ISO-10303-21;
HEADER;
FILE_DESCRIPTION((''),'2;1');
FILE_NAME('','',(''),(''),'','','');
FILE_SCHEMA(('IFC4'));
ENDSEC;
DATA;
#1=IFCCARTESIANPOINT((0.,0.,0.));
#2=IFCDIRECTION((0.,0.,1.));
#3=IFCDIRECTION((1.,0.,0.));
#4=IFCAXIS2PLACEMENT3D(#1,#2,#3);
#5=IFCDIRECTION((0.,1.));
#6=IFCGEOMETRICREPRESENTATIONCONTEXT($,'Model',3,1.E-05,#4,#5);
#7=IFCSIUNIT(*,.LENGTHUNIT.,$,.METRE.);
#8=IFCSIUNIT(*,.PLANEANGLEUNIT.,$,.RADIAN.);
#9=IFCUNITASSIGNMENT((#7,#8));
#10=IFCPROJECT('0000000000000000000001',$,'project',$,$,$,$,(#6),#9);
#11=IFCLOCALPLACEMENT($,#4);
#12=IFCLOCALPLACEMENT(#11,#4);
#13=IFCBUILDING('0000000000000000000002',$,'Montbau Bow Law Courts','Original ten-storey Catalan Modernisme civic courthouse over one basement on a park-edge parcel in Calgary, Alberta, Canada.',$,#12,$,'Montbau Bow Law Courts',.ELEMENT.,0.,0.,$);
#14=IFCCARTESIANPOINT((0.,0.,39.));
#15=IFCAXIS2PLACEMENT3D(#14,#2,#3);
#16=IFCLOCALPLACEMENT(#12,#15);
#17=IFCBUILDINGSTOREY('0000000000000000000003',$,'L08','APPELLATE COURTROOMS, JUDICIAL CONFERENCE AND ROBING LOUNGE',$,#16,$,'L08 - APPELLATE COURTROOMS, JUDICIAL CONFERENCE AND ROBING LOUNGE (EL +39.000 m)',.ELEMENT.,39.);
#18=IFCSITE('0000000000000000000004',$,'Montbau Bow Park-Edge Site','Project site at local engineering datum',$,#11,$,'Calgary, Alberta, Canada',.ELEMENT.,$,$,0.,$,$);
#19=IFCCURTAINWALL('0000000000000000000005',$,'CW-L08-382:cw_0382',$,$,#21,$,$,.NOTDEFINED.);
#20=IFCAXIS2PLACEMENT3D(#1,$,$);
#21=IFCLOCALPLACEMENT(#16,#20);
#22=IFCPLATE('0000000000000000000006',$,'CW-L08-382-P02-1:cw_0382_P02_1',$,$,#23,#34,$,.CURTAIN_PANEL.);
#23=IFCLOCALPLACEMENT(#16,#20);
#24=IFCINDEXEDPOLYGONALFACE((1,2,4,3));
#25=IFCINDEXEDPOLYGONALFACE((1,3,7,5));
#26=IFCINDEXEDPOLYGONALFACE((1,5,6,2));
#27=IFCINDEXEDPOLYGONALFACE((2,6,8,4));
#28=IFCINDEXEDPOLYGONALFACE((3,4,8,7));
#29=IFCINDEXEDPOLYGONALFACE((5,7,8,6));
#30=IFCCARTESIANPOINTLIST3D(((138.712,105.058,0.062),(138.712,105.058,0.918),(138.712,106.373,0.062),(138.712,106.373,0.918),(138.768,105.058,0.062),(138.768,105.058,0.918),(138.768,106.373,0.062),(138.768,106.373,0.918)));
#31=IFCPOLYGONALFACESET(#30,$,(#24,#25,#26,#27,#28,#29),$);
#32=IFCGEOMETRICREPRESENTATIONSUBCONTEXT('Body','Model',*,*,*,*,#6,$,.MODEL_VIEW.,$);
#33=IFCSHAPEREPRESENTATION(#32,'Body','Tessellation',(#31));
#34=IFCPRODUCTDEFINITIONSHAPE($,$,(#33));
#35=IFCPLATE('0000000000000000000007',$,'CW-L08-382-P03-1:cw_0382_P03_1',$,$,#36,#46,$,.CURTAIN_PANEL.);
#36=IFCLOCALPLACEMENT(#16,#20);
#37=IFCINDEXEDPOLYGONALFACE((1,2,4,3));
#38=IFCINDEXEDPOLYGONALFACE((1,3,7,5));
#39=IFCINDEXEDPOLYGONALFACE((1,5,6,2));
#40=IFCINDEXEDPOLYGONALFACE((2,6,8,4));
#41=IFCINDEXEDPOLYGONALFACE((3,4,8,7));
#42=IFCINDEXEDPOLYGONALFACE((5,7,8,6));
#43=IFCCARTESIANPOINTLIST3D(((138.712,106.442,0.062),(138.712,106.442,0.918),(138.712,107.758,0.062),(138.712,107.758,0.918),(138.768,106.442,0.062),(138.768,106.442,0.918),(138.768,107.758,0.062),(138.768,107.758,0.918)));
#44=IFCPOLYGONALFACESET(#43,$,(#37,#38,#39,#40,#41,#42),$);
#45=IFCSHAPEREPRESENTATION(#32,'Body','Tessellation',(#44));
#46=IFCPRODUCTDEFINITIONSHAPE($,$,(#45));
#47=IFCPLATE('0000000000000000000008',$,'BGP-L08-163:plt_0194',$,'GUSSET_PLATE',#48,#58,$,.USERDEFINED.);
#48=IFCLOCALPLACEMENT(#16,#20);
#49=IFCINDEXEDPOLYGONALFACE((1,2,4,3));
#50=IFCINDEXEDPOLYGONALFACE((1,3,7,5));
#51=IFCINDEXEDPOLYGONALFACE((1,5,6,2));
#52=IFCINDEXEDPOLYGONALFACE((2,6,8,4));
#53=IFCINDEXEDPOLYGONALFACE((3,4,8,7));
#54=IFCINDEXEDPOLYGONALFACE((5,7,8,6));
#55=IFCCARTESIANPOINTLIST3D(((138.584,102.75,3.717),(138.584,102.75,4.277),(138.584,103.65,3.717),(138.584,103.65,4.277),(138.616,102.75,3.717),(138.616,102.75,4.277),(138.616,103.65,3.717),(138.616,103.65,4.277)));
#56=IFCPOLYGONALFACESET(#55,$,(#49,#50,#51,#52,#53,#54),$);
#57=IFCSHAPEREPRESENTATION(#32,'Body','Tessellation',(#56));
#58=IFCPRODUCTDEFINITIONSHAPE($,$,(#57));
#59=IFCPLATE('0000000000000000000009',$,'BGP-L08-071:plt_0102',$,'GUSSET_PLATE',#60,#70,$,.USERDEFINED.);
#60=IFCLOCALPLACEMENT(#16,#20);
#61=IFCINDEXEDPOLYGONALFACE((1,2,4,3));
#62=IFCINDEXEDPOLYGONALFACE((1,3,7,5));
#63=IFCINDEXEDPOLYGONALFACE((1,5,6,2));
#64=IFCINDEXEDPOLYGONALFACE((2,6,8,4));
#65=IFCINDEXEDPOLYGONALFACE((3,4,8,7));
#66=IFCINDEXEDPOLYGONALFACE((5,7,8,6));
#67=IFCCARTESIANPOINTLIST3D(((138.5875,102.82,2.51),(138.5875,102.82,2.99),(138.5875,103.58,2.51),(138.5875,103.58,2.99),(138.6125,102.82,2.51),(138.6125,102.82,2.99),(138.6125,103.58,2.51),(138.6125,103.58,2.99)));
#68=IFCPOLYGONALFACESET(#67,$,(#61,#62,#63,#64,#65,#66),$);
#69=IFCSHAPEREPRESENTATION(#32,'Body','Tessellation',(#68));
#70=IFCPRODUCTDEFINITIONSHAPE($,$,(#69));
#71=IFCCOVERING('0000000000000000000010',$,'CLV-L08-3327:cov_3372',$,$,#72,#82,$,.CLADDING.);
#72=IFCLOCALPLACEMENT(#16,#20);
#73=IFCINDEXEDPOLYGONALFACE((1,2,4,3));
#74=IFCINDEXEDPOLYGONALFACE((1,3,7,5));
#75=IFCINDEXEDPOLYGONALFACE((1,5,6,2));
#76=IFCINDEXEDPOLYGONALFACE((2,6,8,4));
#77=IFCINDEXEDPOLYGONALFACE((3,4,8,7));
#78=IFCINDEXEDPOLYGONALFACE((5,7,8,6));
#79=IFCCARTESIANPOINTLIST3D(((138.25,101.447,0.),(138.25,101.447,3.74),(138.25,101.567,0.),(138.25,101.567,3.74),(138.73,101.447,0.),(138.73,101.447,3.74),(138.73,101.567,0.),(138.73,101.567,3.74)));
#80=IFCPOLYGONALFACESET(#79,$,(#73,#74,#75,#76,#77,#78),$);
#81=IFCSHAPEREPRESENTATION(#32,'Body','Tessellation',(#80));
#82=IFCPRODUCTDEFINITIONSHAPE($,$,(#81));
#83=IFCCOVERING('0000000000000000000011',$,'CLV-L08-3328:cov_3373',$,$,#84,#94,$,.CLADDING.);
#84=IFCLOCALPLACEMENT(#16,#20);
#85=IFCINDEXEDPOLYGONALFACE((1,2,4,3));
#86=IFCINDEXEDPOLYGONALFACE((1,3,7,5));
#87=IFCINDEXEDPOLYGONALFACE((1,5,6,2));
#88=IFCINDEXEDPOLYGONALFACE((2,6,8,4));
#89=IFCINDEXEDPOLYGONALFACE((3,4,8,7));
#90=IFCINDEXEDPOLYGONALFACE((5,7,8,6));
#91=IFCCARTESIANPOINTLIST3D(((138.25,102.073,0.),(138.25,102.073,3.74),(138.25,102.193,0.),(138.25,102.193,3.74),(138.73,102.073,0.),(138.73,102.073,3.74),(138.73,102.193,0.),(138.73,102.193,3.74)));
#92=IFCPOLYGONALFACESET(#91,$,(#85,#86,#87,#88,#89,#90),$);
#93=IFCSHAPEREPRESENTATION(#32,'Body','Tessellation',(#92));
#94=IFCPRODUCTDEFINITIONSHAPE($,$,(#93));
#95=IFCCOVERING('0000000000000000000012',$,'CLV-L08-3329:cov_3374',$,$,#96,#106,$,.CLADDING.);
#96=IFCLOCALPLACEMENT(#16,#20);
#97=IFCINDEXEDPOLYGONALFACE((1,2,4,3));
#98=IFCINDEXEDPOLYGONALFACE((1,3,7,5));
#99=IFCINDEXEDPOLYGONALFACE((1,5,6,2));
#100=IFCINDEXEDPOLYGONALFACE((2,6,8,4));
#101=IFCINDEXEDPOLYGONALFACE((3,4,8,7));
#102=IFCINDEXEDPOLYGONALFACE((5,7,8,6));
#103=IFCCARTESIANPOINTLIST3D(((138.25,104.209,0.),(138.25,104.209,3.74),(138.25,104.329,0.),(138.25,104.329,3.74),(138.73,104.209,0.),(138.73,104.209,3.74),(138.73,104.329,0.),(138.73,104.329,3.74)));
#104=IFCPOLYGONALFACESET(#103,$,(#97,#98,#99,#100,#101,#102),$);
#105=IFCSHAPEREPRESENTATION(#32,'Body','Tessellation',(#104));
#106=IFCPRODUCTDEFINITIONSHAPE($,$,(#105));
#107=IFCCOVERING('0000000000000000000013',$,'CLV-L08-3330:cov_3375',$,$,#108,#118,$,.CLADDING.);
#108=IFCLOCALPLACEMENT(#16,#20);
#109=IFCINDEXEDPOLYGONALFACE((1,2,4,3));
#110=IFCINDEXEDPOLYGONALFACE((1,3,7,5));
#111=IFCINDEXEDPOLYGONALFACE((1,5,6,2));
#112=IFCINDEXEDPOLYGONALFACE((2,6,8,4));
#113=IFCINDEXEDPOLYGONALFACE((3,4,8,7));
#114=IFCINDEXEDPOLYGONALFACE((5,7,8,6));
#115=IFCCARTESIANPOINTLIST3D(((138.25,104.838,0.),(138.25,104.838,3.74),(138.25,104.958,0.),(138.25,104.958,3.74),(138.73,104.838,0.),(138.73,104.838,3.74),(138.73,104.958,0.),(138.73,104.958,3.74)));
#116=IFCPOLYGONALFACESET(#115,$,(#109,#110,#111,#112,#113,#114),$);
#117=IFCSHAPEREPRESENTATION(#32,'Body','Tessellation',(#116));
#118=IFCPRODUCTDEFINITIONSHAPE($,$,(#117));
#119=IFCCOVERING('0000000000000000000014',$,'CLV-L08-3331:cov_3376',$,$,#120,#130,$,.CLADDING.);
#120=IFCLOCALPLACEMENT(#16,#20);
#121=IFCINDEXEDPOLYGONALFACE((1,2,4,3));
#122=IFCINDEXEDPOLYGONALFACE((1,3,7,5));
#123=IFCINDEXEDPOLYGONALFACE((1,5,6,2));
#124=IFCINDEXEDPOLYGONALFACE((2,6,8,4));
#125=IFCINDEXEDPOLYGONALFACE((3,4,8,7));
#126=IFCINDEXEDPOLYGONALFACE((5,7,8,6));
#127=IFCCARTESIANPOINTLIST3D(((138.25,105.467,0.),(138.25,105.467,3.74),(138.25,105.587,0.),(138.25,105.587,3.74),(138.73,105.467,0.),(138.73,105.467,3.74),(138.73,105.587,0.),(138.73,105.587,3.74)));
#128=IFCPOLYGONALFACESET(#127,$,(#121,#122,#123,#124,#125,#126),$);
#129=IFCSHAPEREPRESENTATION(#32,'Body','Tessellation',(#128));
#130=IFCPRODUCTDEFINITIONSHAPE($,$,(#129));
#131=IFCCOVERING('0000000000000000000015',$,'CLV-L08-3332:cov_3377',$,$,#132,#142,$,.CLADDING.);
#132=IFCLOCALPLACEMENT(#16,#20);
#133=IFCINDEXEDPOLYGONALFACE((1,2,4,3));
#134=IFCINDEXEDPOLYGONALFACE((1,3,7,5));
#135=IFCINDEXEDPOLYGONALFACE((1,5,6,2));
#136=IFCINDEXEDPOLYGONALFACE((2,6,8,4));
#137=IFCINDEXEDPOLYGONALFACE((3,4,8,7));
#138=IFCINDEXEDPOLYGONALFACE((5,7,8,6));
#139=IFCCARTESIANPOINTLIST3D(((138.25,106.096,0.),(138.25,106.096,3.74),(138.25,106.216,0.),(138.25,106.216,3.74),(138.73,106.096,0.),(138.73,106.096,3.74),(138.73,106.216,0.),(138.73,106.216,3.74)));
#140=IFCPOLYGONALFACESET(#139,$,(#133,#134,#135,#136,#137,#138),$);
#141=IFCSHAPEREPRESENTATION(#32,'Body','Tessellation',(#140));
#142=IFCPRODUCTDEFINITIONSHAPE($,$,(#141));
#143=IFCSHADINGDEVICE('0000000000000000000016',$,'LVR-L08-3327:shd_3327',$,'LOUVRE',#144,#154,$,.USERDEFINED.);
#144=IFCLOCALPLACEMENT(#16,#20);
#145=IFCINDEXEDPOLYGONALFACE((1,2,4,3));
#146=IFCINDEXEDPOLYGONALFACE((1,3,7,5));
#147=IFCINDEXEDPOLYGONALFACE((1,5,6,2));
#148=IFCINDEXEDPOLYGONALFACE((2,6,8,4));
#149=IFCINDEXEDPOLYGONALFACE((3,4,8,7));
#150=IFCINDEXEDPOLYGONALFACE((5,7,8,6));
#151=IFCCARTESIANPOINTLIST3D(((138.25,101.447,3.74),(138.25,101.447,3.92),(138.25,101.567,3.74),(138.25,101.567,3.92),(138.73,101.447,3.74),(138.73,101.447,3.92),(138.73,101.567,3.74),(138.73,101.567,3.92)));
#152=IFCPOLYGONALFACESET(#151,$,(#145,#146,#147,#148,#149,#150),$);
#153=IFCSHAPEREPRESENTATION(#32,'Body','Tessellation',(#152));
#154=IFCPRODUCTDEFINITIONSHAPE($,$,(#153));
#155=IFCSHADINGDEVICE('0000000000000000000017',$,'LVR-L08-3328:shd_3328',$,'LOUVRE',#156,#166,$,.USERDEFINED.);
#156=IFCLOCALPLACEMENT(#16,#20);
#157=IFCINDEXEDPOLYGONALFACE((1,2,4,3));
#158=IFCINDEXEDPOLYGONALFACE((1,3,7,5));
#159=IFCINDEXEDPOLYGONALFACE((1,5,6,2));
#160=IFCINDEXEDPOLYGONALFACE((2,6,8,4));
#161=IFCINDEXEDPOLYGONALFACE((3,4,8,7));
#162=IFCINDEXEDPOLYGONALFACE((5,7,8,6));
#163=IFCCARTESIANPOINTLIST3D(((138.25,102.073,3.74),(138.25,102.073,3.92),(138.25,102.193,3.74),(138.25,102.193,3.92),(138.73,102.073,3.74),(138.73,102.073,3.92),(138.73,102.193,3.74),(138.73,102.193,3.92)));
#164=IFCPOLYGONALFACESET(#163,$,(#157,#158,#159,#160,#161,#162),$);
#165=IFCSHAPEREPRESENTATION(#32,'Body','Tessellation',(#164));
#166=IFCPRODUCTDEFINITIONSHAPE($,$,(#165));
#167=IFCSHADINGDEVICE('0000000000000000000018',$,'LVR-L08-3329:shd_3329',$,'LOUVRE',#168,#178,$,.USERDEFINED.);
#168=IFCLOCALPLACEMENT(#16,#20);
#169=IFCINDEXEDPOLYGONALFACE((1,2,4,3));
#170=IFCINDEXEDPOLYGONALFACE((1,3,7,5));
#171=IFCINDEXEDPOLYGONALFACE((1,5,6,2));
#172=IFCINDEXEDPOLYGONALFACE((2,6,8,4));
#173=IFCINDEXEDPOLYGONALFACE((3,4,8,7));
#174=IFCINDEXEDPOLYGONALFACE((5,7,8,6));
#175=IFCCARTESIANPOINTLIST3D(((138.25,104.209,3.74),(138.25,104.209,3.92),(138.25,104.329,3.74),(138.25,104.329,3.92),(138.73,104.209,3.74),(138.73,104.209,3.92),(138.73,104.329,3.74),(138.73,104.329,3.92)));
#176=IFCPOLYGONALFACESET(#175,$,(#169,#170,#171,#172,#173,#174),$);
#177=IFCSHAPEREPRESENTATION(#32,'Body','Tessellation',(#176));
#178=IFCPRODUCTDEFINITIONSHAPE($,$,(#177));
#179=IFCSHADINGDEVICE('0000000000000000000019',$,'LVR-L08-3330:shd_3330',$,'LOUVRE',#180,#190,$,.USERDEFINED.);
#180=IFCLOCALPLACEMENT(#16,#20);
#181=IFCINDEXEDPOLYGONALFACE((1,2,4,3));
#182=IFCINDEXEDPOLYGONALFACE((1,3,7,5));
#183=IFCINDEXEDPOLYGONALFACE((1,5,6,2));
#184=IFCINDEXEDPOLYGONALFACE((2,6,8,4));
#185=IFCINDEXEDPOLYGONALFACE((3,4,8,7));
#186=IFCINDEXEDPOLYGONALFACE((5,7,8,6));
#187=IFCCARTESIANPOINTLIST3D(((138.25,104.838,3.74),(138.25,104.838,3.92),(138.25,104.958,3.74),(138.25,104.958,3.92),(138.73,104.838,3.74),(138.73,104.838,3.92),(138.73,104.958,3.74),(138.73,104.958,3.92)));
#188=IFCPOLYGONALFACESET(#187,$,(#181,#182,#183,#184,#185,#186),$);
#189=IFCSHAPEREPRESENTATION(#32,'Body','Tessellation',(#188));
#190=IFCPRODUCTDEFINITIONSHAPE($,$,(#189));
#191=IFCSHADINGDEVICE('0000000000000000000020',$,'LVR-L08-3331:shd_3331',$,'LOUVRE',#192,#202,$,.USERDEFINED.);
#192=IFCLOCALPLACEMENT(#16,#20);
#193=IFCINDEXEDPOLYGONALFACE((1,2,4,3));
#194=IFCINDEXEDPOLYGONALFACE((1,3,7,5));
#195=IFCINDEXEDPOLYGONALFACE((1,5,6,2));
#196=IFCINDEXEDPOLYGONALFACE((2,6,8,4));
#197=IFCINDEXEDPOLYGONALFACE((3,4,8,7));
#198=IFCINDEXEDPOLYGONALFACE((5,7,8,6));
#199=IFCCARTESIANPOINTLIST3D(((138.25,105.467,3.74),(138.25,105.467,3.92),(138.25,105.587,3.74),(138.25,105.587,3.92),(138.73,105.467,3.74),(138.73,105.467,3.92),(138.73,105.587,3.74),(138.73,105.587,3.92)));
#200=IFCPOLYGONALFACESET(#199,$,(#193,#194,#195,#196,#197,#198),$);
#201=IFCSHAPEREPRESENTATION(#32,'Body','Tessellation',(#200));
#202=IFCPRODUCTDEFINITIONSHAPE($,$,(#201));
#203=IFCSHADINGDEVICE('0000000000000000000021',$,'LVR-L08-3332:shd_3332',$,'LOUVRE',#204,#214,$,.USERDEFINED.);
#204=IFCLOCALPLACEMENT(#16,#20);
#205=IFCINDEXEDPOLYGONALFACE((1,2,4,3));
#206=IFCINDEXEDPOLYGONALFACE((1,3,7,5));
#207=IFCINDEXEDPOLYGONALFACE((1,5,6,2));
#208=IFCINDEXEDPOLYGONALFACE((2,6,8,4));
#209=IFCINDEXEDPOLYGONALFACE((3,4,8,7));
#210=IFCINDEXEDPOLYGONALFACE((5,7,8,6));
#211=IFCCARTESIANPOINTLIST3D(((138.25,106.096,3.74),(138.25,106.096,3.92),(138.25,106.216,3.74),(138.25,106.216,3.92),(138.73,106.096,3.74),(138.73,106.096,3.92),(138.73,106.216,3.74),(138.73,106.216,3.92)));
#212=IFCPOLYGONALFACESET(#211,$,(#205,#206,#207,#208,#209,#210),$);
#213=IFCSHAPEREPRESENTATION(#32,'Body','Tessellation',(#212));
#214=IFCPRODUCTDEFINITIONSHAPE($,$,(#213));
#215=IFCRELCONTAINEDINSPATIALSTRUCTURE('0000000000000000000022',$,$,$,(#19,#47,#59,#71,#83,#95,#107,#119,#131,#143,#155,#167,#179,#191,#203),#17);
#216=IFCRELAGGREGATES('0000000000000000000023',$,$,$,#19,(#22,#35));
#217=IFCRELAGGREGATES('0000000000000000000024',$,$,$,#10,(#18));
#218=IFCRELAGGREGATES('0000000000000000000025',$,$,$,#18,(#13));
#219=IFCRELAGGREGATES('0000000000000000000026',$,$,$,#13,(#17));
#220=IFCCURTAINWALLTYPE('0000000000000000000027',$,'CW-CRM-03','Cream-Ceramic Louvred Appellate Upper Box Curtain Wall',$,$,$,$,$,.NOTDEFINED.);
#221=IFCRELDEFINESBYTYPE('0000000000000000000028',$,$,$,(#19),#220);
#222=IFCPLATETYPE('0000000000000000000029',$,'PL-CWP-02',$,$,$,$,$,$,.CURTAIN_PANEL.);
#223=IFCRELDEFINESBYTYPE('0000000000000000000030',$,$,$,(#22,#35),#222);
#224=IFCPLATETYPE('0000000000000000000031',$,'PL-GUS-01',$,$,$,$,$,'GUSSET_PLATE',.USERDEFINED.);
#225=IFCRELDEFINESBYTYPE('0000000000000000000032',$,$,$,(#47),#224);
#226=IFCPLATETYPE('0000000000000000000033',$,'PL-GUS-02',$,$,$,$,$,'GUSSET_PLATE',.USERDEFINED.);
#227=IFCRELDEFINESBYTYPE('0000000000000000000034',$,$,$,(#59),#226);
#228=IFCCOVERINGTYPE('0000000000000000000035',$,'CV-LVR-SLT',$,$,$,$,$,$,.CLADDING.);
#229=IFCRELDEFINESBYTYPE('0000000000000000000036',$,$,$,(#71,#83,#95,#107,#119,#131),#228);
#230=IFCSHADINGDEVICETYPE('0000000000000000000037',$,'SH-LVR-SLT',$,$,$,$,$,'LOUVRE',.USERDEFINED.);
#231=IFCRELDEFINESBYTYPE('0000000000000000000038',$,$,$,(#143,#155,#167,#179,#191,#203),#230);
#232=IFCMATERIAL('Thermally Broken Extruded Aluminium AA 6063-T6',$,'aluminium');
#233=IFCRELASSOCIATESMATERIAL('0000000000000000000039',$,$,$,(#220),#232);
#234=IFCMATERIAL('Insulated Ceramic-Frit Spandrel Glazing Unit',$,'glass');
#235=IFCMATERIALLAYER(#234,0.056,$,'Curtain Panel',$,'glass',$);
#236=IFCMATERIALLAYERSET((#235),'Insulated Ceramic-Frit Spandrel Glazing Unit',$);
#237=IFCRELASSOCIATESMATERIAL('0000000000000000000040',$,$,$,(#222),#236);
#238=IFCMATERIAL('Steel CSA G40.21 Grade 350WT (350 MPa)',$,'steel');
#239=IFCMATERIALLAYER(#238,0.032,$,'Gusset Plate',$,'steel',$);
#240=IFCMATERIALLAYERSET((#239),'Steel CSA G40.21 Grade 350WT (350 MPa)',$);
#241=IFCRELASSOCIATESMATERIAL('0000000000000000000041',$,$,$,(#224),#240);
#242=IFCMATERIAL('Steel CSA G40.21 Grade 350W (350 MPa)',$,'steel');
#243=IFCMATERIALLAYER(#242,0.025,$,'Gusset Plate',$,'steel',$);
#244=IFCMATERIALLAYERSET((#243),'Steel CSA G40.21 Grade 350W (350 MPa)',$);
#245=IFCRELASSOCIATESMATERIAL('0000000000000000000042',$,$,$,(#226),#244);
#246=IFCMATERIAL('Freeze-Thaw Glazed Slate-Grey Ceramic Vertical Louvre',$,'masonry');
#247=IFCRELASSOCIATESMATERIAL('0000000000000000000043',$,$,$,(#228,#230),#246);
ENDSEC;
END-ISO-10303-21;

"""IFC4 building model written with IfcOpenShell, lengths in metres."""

from ifc_helpers import new_model, si_unit, direction, frame, frame_2d, origin_with_axes, origin_2d_with_axis, place, context, subcontext, project, spatial, rectangle, extrude, material, layer, layer_set, type_object, element, aggregate, save


model = new_model("IFC4")

# Units and contexts
model_context = context("Model", 3, precision=1e-05, world=origin_with_axes(), true_north=direction((0.0, 1.0)))
body_context = subcontext(model_context, "Body", "Model", "MODEL_VIEW")
ifc_project = project(units=[si_unit("LENGTHUNIT", "METRE"), si_unit("PLANEANGLEUNIT", "RADIAN")], contexts=[model_context])

# Site, building, storey
site_placement = place(None, origin_with_axes())
site = spatial("IfcSite", under=ifc_project, at=site_placement, Name="Montbau Bow Park-Edge Site", Description="Project site at local engineering datum", LongName="Calgary, Alberta, Canada", CompositionType="ELEMENT", RefElevation=0.0)
building_placement = place(site_placement, origin_with_axes())
building = spatial("IfcBuilding", under=site, at=building_placement, Name="Montbau Bow Law Courts", Description="Original ten-storey Catalan Modernisme civic courthouse over one basement on a park-edge parcel in Calgary, Alberta, Canada.", LongName="Montbau Bow Law Courts", CompositionType="ELEMENT", ElevationOfRefHeight=0.0, ElevationOfTerrain=0.0)
storey_placement = place(building_placement, frame((0.0, 0.0, 39.0), z_axis=(0.0, 0.0, 1.0), x_axis=(1.0, 0.0, 0.0)))
storey = spatial("IfcBuildingStorey", under=building, at=storey_placement, Name="L08", Description="APPELLATE COURTROOMS, JUDICIAL CONFERENCE AND ROBING LOUNGE", LongName="L08 - APPELLATE COURTROOMS, JUDICIAL CONFERENCE AND ROBING LOUNGE (EL +39.000 m)", CompositionType="ELEMENT", Elevation=39.0)

# Shared definitions
ifc_material_1 = material(Name="Steel CSA G40.21 Grade 350W (350 MPa)", Category="steel")
ifc_material_2 = material(Name="Steel CSA G40.21 Grade 350WT (350 MPa)", Category="steel")

# Shared definitions
ifc_material_3 = material(Name="Thermally Broken Extruded Aluminium AA 6063-T6", Category="aluminium")
curtain_wall_type = type_object("IfcCurtainWallType", Name="CW-CRM-03", Description="Cream-Ceramic Louvred Appellate Upper Box Curtain Wall", PredefinedType="NOTDEFINED", material=ifc_material_3)

# Curtain wall, plates
curtain_wall_1_placement = place(None, frame((138.74, 103.64, 39.0), z_axis=(0.0, 0.0, 1.0), x_axis=(1.0, 0.0, 0.0)))
curtain_wall_1 = element("IfcCurtainWall", 1, at=curtain_wall_1_placement, inside=storey, type_object=curtain_wall_type, Name="CW-L08-382:cw_0382", PredefinedType="NOTDEFINED")
ifc_material_4 = material(Name="Insulated Ceramic-Frit Spandrel Glazing Unit", Category="glass")
ifc_layer_1 = layer(ifc_material_4, 0.056, Name="Curtain Panel", Category="glass")
ifc_layer_set_1 = layer_set([ifc_layer_1], Name="Insulated Ceramic-Frit Spandrel Glazing Unit")
plate_type_1 = type_object("IfcPlateType", Name="PL-CWP-02", PredefinedType="CURTAIN_PANEL", material=ifc_layer_set_1)
plate_1_placement = place(None, frame((138.74, 105.058, 39.062), z_axis=(1.0, 0.0, 0.0), x_axis=(0.0, 1.0, 0.0)))
plate_1 = element("IfcPlate", 2, at=plate_1_placement, type_object=plate_type_1, Name="CW-L08-382-P02-1:cw_0382_P02_1", PredefinedType="CURTAIN_PANEL", context=body_context, shape_type="SweptSolid", body=[
    extrude(rectangle(XDim=1.315, YDim=0.856, at=frame_2d((0.6575, 0.428), x_axis=(1.0, 0.0))), frame((0.0, 0.0, -0.028), z_axis=(0.0, 0.0, 1.0), x_axis=(1.0, 0.0, 0.0)), (0.0, 0.0, 1.0), 0.056),
])
plate_2_placement = place(None, frame((138.74, 106.442, 39.062), z_axis=(1.0, 0.0, 0.0), x_axis=(0.0, 1.0, 0.0)))
plate_2 = element("IfcPlate", 3, at=plate_2_placement, type_object=plate_type_1, Name="CW-L08-382-P03-1:cw_0382_P03_1", PredefinedType="CURTAIN_PANEL", context=body_context, shape_type="SweptSolid", body=[
    extrude(rectangle(XDim=1.316, YDim=0.856, at=frame_2d((0.658, 0.428), x_axis=(1.0, 0.0))), frame((0.0, 0.0, -0.028), z_axis=(0.0, 0.0, 1.0), x_axis=(1.0, 0.0, 0.0)), (0.0, 0.0, 1.0), 0.056),
])
aggregate(curtain_wall_1, [plate_1, plate_2])

# Plates
ifc_layer_2 = layer(ifc_material_2, 0.032, Name="Gusset Plate", Category="steel")
ifc_layer_set_2 = layer_set([ifc_layer_2], Name="Steel CSA G40.21 Grade 350WT (350 MPa)")
plate_type_2 = type_object("IfcPlateType", Name="PL-GUS-01", ElementType="GUSSET_PLATE", PredefinedType="USERDEFINED", material=ifc_layer_set_2)
plate_3_placement = place(None, frame((138.6, 103.2, 42.717), z_axis=(0.0, 0.0, 1.0), x_axis=(0.0, 1.0, 0.0)))
element("IfcPlate", 4, at=plate_3_placement, inside=storey, type_object=plate_type_2, Name="BGP-L08-163:plt_0194", ObjectType="GUSSET_PLATE", PredefinedType="USERDEFINED", context=body_context, shape_type="SweptSolid", body=[
    extrude(rectangle(XDim=0.9, YDim=0.032, at=origin_2d_with_axis()), origin_with_axes(), (0.0, 0.0, 1.0), 0.56),
])
ifc_layer_3 = layer(ifc_material_1, 0.025, Name="Gusset Plate", Category="steel")
ifc_layer_set_3 = layer_set([ifc_layer_3], Name="Steel CSA G40.21 Grade 350W (350 MPa)")
plate_type_3 = type_object("IfcPlateType", Name="PL-GUS-02", ElementType="GUSSET_PLATE", PredefinedType="USERDEFINED", material=ifc_layer_set_3)
plate_4_placement = place(None, frame((138.6, 103.2, 41.51), z_axis=(0.0, 0.0, 1.0), x_axis=(0.0, 1.0, 0.0)))
element("IfcPlate", 5, at=plate_4_placement, inside=storey, type_object=plate_type_3, Name="BGP-L08-071:plt_0102", ObjectType="GUSSET_PLATE", PredefinedType="USERDEFINED", context=body_context, shape_type="SweptSolid", body=[
    extrude(rectangle(XDim=0.76, YDim=0.025, at=origin_2d_with_axis()), origin_with_axes(), (0.0, 0.0, 1.0), 0.48),
])

# Coverings
ifc_material_5 = material(Name="Freeze-Thaw Glazed Slate-Grey Ceramic Vertical Louvre", Category="masonry")
covering_type = type_object("IfcCoveringType", Name="CV-LVR-SLT", PredefinedType="CLADDING", material=ifc_material_5)
for number, where, z_axis, x_axis, name in (
    (6, (138.73, 101.507, 39.0), (0.0, 1.0, 0.0), (-1.0, 0.0, 0.0), "CLV-L08-3327:cov_3372"),
    (7, (138.73, 102.133, 39.0), (0.0, 1.0, 0.0), (-1.0, 0.0, 0.0), "CLV-L08-3328:cov_3373"),
    (8, (138.73, 104.269, 39.0), (0.0, 1.0, 0.0), (-1.0, 0.0, 0.0), "CLV-L08-3329:cov_3374"),
    (9, (138.73, 104.898, 39.0), (0.0, 1.0, 0.0), (-1.0, 0.0, 0.0), "CLV-L08-3330:cov_3375"),
    (10, (138.73, 105.527, 39.0), (0.0, 1.0, 0.0), (-1.0, 0.0, 0.0), "CLV-L08-3331:cov_3376"),
    (11, (138.73, 106.156, 39.0), (0.0, 1.0, 0.0), (-1.0, 0.0, 0.0), "CLV-L08-3332:cov_3377"),
):
    element("IfcCovering", number, at=place(None, frame(where, z_axis=z_axis, x_axis=x_axis)), inside=storey, type_object=covering_type, Name=name, PredefinedType="CLADDING", context=body_context, shape_type="SweptSolid", body=[
        extrude(rectangle(XDim=0.48, YDim=3.74, at=frame_2d((0.24, 1.87), x_axis=(1.0, 0.0))), frame((0.0, 0.0, -0.06), z_axis=(0.0, 0.0, 1.0), x_axis=(1.0, 0.0, 0.0)), (0.0, 0.0, 1.0), 0.12),
    ])

# Shading devices
shading_device_type = type_object("IfcShadingDeviceType", Name="SH-LVR-SLT", ElementType="LOUVRE", PredefinedType="USERDEFINED", material=ifc_material_5)
for number, where, z_axis, x_axis, name in (
    (12, (138.49, 101.507, 42.74), (0.0, 0.0, 1.0), (-1.0, 0.0, 0.0), "LVR-L08-3327:shd_3327"),
    (13, (138.49, 102.133, 42.74), (0.0, 0.0, 1.0), (-1.0, 0.0, 0.0), "LVR-L08-3328:shd_3328"),
    (14, (138.49, 104.269, 42.74), (0.0, 0.0, 1.0), (-1.0, 0.0, 0.0), "LVR-L08-3329:shd_3329"),
    (15, (138.49, 104.898, 42.74), (0.0, 0.0, 1.0), (-1.0, 0.0, 0.0), "LVR-L08-3330:shd_3330"),
    (16, (138.49, 105.527, 42.74), (0.0, 0.0, 1.0), (-1.0, 0.0, 0.0), "LVR-L08-3331:shd_3331"),
    (17, (138.49, 106.156, 42.74), (0.0, 0.0, 1.0), (-1.0, 0.0, 0.0), "LVR-L08-3332:shd_3332"),
):
    element("IfcShadingDevice", number, at=place(None, frame(where, z_axis=z_axis, x_axis=x_axis)), inside=storey, type_object=shading_device_type, Name=name, ObjectType="LOUVRE", PredefinedType="USERDEFINED", context=body_context, shape_type="SweptSolid", body=[
        extrude(rectangle(XDim=0.48, YDim=0.12, at=origin_2d_with_axis()), origin_with_axes(), (0.0, 0.0, 1.0), 0.18),
    ])

save(model, "model.ifc")
